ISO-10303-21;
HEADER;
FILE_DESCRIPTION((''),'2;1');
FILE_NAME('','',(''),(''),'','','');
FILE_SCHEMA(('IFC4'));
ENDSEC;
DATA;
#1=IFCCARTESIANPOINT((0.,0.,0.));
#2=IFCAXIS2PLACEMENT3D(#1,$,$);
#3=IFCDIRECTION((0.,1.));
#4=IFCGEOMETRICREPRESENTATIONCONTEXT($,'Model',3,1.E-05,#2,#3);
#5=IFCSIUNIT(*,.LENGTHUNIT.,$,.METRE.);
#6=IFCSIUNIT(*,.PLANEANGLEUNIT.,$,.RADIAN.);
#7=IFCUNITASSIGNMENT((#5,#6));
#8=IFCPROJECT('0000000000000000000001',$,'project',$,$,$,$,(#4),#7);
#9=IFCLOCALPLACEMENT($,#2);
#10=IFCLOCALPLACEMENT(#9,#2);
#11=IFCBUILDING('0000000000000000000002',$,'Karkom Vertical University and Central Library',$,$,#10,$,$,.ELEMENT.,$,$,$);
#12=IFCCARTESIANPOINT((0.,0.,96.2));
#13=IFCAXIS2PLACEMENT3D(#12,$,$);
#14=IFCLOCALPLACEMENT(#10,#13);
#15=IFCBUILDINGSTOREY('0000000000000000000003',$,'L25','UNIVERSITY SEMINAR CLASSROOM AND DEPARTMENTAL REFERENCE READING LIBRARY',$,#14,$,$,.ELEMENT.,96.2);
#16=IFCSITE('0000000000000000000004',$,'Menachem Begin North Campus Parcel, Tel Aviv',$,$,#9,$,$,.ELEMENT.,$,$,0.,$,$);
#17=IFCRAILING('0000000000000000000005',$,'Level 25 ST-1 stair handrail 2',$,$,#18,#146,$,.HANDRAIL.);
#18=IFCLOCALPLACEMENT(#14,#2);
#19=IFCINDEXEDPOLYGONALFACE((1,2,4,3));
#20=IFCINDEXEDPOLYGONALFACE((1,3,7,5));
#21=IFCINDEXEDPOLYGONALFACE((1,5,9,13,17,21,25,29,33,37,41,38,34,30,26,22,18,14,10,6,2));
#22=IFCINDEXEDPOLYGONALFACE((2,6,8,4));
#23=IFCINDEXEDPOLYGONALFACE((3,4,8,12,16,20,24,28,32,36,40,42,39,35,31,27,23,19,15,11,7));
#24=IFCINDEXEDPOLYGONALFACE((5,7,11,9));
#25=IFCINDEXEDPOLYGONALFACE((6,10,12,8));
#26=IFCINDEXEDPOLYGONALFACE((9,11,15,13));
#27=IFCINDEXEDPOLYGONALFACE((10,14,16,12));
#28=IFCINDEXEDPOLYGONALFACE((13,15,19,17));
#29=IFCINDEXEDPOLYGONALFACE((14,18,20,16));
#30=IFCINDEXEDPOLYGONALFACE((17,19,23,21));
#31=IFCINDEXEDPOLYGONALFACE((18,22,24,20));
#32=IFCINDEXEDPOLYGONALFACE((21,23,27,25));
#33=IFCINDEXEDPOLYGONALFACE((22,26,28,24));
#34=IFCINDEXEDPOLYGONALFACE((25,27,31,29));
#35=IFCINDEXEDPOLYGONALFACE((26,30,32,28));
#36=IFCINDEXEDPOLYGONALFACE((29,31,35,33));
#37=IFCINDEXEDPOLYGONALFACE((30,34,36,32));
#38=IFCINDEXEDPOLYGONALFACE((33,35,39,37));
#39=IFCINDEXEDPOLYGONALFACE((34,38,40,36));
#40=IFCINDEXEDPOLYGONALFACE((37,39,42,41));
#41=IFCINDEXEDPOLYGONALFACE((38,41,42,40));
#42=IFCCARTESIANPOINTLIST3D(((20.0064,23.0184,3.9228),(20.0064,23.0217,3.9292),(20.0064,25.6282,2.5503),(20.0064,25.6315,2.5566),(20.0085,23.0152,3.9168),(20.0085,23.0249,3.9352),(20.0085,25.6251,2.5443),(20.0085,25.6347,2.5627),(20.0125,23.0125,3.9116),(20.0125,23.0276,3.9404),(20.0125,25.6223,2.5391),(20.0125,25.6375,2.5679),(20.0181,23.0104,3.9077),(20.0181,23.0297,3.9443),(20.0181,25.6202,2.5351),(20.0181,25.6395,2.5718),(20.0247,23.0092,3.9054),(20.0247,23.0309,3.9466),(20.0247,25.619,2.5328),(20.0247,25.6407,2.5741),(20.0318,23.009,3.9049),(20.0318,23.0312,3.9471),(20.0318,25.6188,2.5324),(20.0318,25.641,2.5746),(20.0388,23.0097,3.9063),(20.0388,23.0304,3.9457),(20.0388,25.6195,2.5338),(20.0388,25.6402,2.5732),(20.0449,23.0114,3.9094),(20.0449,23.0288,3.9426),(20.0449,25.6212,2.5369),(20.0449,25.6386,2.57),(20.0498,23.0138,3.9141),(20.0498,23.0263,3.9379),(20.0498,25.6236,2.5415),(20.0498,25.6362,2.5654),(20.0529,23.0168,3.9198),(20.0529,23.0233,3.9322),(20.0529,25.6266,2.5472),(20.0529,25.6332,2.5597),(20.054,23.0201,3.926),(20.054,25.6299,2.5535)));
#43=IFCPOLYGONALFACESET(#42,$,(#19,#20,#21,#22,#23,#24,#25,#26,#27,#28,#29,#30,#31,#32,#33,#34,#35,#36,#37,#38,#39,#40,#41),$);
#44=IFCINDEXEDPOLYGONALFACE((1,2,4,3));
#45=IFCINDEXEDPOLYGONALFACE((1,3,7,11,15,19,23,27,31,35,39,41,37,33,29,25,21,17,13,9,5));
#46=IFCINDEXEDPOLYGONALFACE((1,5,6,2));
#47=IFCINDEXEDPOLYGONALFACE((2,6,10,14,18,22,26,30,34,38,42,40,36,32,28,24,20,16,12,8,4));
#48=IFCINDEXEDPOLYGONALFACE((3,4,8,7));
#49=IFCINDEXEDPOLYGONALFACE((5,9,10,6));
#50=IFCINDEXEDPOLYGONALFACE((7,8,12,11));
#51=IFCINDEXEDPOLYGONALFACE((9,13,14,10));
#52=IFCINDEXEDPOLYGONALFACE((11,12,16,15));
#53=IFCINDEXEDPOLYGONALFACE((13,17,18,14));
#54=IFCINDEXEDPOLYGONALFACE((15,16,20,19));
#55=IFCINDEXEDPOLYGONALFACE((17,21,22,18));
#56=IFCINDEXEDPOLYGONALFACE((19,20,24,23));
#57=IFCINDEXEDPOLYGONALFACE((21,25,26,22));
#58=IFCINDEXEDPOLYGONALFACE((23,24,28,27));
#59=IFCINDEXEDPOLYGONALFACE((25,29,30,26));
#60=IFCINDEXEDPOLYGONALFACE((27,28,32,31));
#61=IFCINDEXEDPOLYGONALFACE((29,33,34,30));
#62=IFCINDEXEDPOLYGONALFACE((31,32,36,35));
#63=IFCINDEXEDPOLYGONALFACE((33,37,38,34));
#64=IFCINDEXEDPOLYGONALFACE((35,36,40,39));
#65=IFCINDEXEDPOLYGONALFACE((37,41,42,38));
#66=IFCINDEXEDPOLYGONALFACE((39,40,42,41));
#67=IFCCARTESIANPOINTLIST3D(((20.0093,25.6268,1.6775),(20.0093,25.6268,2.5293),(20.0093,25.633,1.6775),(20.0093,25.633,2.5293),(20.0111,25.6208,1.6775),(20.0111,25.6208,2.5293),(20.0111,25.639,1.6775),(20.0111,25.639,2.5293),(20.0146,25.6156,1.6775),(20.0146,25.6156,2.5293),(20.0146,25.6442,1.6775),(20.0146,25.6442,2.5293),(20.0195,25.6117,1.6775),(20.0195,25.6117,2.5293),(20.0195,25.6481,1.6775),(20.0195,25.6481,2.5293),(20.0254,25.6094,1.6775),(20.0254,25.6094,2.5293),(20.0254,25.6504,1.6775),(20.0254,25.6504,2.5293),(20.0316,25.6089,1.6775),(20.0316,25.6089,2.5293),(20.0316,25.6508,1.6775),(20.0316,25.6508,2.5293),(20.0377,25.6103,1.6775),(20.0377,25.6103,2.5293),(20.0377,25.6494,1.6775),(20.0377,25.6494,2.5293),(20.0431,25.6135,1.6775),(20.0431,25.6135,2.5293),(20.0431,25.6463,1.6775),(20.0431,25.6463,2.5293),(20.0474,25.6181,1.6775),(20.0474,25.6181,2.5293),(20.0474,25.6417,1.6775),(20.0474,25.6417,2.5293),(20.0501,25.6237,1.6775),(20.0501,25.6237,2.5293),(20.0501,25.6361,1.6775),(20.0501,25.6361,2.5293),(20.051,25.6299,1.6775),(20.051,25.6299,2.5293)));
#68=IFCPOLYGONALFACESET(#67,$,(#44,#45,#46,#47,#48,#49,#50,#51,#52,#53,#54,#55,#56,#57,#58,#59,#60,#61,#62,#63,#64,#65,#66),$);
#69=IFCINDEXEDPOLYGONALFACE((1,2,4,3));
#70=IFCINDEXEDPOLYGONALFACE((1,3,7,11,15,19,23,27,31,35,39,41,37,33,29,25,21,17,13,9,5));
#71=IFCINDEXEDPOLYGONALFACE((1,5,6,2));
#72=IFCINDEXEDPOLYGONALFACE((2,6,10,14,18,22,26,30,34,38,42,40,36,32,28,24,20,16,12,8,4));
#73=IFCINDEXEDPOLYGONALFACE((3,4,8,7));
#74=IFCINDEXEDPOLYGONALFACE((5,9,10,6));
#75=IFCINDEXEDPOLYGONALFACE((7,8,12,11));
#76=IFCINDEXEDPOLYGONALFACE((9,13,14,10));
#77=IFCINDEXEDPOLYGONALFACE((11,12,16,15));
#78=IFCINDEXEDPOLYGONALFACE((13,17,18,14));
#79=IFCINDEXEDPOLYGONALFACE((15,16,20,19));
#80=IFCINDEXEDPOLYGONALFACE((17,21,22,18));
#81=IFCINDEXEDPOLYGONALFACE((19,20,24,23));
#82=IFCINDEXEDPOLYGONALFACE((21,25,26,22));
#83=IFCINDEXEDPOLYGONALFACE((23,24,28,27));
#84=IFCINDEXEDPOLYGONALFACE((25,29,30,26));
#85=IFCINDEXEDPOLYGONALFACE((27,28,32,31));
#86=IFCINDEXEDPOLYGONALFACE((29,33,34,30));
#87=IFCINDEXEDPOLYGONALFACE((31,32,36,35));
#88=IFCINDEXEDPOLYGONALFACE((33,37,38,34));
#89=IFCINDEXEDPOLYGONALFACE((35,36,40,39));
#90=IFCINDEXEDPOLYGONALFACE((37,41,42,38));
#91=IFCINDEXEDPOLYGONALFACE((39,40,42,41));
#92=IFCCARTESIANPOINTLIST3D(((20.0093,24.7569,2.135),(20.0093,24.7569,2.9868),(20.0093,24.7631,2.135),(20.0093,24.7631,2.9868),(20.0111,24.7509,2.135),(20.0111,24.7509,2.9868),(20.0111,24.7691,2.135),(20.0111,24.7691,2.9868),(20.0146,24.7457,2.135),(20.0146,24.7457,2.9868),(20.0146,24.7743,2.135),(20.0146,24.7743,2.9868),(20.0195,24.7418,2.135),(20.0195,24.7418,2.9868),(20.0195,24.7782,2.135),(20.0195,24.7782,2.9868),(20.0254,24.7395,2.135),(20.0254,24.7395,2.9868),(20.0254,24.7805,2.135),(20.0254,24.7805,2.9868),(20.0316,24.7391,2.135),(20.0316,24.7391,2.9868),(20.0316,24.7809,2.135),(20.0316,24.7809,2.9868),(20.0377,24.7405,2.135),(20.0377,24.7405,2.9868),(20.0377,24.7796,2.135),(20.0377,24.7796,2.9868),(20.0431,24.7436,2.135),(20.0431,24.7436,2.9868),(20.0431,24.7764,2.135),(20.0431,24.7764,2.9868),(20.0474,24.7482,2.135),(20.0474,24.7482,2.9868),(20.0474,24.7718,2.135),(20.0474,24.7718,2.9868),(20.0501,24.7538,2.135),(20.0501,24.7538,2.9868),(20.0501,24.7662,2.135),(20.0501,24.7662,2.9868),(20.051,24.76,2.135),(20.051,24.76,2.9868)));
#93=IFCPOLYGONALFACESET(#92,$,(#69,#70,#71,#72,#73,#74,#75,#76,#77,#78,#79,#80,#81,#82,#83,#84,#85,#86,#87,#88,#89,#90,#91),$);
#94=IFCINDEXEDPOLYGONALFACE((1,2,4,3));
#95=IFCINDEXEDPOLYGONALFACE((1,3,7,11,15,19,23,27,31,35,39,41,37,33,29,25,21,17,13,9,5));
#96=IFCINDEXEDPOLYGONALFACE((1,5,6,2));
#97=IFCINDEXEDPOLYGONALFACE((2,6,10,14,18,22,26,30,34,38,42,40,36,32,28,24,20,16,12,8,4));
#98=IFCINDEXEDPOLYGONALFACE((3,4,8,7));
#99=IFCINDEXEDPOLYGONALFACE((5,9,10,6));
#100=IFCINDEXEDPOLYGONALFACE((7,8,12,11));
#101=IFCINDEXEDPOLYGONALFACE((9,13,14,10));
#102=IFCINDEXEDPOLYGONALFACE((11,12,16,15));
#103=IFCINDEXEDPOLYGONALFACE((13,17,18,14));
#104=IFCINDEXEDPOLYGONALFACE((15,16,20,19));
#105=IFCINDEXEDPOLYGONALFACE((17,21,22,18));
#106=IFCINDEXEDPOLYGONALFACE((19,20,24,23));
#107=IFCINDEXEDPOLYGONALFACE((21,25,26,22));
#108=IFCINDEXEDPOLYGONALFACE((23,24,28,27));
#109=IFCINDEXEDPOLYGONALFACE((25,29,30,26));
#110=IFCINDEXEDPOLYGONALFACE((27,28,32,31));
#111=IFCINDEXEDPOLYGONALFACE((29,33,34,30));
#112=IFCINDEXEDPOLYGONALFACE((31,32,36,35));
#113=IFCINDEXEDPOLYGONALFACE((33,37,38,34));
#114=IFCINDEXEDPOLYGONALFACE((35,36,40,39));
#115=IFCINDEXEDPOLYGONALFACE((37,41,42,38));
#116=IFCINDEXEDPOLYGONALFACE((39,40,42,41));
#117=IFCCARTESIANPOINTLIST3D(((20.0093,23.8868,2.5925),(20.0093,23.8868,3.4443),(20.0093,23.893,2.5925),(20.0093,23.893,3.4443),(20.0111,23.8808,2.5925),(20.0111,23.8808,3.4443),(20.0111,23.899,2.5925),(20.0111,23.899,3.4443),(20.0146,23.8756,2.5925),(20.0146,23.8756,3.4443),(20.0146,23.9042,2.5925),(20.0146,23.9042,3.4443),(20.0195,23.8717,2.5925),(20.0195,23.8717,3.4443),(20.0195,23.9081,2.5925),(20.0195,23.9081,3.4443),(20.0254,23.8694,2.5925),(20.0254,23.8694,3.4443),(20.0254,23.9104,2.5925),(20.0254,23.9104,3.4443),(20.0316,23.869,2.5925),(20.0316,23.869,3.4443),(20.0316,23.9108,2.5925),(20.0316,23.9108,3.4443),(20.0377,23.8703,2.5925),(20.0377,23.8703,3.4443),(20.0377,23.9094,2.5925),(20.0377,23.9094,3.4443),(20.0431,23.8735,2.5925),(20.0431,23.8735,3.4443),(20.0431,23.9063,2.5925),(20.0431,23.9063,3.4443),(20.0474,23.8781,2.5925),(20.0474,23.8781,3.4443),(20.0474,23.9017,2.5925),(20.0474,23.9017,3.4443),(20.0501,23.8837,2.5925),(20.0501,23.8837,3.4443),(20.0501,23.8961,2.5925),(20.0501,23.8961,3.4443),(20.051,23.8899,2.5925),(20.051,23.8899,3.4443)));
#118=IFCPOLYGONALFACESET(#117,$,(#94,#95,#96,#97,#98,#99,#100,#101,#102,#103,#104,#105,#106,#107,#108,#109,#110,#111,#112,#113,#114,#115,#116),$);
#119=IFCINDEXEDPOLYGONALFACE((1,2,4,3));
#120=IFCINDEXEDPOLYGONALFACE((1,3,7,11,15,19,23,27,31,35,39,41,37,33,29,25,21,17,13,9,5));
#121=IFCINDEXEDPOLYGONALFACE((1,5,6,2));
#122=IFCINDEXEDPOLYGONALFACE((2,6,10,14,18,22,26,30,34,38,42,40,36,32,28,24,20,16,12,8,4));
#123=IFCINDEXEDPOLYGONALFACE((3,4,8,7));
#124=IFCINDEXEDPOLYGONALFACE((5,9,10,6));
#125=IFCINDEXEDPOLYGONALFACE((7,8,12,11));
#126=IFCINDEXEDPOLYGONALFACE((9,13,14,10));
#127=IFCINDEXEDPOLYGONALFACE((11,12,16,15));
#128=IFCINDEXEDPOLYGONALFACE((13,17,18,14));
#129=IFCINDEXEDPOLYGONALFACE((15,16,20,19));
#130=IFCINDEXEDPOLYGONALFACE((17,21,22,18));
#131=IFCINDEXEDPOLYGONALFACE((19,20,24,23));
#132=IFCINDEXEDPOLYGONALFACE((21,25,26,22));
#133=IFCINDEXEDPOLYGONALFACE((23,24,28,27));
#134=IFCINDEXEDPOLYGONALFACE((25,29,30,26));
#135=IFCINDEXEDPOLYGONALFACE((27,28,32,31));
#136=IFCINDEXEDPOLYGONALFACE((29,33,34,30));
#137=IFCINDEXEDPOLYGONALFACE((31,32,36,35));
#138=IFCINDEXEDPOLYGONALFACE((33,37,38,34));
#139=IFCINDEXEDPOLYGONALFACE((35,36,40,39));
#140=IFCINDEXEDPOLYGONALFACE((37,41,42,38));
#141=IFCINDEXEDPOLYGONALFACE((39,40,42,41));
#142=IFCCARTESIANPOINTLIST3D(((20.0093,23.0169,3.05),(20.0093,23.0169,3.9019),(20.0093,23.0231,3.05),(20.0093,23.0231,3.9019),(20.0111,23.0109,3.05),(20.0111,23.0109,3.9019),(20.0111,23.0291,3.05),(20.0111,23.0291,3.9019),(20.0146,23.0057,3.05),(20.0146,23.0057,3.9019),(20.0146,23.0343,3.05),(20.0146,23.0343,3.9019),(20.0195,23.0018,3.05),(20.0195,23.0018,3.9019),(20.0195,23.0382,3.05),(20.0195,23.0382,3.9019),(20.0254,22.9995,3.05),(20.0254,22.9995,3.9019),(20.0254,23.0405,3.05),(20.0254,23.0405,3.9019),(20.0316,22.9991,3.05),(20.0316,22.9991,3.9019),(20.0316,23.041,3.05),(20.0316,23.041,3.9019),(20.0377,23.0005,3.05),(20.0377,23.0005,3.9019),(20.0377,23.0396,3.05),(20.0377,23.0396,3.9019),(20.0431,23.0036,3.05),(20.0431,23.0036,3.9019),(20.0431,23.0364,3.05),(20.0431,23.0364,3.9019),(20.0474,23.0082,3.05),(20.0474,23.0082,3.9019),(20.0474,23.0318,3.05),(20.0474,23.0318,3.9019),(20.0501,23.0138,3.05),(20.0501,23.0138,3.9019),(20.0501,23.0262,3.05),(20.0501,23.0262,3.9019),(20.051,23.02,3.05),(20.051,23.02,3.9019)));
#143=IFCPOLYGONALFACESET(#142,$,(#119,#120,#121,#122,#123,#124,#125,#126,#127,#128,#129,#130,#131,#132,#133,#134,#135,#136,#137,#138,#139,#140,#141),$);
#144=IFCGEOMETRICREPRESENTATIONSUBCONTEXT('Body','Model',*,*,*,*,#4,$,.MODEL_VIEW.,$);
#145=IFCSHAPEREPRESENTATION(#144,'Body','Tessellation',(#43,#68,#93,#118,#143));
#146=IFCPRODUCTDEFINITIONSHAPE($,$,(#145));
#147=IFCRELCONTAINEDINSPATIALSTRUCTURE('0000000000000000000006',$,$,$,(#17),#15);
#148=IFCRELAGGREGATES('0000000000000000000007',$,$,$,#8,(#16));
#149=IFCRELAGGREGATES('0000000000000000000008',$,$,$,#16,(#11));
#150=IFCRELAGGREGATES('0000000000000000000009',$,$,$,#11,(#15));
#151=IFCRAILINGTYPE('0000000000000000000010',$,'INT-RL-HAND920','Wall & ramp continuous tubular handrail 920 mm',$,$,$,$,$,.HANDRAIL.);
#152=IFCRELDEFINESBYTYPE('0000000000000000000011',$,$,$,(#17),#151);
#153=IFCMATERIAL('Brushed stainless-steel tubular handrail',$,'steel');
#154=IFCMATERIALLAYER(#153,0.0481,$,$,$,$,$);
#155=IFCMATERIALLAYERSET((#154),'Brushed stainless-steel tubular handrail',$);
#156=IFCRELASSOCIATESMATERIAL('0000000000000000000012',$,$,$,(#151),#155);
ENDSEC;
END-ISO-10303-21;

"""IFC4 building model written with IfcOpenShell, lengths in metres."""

from ifc_helpers import new_model, si_unit, direction, frame, origin, origin_2d, place, context, subcontext, project, spatial, circle, extrude, material, layer, layer_set, type_object, element, save


model = new_model("IFC4")

# Units and contexts
model_context = context("Model", 3, precision=1e-05, world=origin(), true_north=direction((0.0, 1.0)))
body_context = subcontext(model_context, "Body", "Model", "MODEL_VIEW")
ifc_project = project(units=[si_unit("LENGTHUNIT", "METRE"), si_unit("PLANEANGLEUNIT", "RADIAN")], contexts=[model_context])

# Site, building, storey
site_placement = place(None, origin())
site = spatial("IfcSite", under=ifc_project, at=site_placement, Name="Menachem Begin North Campus Parcel, Tel Aviv", CompositionType="ELEMENT", RefElevation=0.0)
building_placement = place(site_placement, origin())
building = spatial("IfcBuilding", under=site, at=building_placement, Name="Karkom Vertical University and Central Library", CompositionType="ELEMENT")
storey_placement = place(building_placement, frame((0.0, 0.0, 96.2)))
storey = spatial("IfcBuildingStorey", under=building, at=storey_placement, Name="L25", Description="UNIVERSITY SEMINAR CLASSROOM AND DEPARTMENTAL REFERENCE READING LIBRARY", CompositionType="ELEMENT", Elevation=96.2)

# Railing
ifc_material_1 = material(Name="Brushed stainless-steel tubular handrail", Category="steel")
ifc_layer_1 = layer(ifc_material_1, 0.0481)
ifc_layer_set_1 = layer_set([ifc_layer_1], Name="Brushed stainless-steel tubular handrail")
railing_type_1 = type_object("IfcRailingType", Name="INT-RL-HAND920", Description="Wall & ramp continuous tubular handrail 920 mm", PredefinedType="HANDRAIL", material=ifc_layer_set_1)
railing_1_placement = place(storey_placement, frame((20.03, 25.6299, 1.6775)))
element("IfcRailing", 1, at=railing_1_placement, inside=storey, type_object=railing_type_1, Name="Level 25 ST-1 stair handrail 2", PredefinedType="HANDRAIL", context=body_context, shape_type="SweptSolid", body=[
    extrude(circle(Radius=0.0239, at=origin_2d()), frame((0.0, 0.0, 0.876), z_axis=(0.0, -0.885065, 0.465467), x_axis=(1.0, 0.0, 0.0)), (0.0, 0.0, 1.0), 2.9487),
    extrude(circle(Radius=0.021, at=origin_2d()), origin(), (0.0, 0.0, 1.0), 0.8518),
    extrude(circle(Radius=0.021, at=origin_2d()), frame((0.0, -0.8699, 0.4575)), (0.0, 0.0, 1.0), 0.8518),
    extrude(circle(Radius=0.021, at=origin_2d()), frame((0.0, -1.74, 0.915)), (0.0, 0.0, 1.0), 0.8518),
    extrude(circle(Radius=0.021, at=origin_2d()), frame((0.0, -2.6099, 1.3726)), (0.0, 0.0, 1.0), 0.8518),
])

save(model, "model.ifc")
